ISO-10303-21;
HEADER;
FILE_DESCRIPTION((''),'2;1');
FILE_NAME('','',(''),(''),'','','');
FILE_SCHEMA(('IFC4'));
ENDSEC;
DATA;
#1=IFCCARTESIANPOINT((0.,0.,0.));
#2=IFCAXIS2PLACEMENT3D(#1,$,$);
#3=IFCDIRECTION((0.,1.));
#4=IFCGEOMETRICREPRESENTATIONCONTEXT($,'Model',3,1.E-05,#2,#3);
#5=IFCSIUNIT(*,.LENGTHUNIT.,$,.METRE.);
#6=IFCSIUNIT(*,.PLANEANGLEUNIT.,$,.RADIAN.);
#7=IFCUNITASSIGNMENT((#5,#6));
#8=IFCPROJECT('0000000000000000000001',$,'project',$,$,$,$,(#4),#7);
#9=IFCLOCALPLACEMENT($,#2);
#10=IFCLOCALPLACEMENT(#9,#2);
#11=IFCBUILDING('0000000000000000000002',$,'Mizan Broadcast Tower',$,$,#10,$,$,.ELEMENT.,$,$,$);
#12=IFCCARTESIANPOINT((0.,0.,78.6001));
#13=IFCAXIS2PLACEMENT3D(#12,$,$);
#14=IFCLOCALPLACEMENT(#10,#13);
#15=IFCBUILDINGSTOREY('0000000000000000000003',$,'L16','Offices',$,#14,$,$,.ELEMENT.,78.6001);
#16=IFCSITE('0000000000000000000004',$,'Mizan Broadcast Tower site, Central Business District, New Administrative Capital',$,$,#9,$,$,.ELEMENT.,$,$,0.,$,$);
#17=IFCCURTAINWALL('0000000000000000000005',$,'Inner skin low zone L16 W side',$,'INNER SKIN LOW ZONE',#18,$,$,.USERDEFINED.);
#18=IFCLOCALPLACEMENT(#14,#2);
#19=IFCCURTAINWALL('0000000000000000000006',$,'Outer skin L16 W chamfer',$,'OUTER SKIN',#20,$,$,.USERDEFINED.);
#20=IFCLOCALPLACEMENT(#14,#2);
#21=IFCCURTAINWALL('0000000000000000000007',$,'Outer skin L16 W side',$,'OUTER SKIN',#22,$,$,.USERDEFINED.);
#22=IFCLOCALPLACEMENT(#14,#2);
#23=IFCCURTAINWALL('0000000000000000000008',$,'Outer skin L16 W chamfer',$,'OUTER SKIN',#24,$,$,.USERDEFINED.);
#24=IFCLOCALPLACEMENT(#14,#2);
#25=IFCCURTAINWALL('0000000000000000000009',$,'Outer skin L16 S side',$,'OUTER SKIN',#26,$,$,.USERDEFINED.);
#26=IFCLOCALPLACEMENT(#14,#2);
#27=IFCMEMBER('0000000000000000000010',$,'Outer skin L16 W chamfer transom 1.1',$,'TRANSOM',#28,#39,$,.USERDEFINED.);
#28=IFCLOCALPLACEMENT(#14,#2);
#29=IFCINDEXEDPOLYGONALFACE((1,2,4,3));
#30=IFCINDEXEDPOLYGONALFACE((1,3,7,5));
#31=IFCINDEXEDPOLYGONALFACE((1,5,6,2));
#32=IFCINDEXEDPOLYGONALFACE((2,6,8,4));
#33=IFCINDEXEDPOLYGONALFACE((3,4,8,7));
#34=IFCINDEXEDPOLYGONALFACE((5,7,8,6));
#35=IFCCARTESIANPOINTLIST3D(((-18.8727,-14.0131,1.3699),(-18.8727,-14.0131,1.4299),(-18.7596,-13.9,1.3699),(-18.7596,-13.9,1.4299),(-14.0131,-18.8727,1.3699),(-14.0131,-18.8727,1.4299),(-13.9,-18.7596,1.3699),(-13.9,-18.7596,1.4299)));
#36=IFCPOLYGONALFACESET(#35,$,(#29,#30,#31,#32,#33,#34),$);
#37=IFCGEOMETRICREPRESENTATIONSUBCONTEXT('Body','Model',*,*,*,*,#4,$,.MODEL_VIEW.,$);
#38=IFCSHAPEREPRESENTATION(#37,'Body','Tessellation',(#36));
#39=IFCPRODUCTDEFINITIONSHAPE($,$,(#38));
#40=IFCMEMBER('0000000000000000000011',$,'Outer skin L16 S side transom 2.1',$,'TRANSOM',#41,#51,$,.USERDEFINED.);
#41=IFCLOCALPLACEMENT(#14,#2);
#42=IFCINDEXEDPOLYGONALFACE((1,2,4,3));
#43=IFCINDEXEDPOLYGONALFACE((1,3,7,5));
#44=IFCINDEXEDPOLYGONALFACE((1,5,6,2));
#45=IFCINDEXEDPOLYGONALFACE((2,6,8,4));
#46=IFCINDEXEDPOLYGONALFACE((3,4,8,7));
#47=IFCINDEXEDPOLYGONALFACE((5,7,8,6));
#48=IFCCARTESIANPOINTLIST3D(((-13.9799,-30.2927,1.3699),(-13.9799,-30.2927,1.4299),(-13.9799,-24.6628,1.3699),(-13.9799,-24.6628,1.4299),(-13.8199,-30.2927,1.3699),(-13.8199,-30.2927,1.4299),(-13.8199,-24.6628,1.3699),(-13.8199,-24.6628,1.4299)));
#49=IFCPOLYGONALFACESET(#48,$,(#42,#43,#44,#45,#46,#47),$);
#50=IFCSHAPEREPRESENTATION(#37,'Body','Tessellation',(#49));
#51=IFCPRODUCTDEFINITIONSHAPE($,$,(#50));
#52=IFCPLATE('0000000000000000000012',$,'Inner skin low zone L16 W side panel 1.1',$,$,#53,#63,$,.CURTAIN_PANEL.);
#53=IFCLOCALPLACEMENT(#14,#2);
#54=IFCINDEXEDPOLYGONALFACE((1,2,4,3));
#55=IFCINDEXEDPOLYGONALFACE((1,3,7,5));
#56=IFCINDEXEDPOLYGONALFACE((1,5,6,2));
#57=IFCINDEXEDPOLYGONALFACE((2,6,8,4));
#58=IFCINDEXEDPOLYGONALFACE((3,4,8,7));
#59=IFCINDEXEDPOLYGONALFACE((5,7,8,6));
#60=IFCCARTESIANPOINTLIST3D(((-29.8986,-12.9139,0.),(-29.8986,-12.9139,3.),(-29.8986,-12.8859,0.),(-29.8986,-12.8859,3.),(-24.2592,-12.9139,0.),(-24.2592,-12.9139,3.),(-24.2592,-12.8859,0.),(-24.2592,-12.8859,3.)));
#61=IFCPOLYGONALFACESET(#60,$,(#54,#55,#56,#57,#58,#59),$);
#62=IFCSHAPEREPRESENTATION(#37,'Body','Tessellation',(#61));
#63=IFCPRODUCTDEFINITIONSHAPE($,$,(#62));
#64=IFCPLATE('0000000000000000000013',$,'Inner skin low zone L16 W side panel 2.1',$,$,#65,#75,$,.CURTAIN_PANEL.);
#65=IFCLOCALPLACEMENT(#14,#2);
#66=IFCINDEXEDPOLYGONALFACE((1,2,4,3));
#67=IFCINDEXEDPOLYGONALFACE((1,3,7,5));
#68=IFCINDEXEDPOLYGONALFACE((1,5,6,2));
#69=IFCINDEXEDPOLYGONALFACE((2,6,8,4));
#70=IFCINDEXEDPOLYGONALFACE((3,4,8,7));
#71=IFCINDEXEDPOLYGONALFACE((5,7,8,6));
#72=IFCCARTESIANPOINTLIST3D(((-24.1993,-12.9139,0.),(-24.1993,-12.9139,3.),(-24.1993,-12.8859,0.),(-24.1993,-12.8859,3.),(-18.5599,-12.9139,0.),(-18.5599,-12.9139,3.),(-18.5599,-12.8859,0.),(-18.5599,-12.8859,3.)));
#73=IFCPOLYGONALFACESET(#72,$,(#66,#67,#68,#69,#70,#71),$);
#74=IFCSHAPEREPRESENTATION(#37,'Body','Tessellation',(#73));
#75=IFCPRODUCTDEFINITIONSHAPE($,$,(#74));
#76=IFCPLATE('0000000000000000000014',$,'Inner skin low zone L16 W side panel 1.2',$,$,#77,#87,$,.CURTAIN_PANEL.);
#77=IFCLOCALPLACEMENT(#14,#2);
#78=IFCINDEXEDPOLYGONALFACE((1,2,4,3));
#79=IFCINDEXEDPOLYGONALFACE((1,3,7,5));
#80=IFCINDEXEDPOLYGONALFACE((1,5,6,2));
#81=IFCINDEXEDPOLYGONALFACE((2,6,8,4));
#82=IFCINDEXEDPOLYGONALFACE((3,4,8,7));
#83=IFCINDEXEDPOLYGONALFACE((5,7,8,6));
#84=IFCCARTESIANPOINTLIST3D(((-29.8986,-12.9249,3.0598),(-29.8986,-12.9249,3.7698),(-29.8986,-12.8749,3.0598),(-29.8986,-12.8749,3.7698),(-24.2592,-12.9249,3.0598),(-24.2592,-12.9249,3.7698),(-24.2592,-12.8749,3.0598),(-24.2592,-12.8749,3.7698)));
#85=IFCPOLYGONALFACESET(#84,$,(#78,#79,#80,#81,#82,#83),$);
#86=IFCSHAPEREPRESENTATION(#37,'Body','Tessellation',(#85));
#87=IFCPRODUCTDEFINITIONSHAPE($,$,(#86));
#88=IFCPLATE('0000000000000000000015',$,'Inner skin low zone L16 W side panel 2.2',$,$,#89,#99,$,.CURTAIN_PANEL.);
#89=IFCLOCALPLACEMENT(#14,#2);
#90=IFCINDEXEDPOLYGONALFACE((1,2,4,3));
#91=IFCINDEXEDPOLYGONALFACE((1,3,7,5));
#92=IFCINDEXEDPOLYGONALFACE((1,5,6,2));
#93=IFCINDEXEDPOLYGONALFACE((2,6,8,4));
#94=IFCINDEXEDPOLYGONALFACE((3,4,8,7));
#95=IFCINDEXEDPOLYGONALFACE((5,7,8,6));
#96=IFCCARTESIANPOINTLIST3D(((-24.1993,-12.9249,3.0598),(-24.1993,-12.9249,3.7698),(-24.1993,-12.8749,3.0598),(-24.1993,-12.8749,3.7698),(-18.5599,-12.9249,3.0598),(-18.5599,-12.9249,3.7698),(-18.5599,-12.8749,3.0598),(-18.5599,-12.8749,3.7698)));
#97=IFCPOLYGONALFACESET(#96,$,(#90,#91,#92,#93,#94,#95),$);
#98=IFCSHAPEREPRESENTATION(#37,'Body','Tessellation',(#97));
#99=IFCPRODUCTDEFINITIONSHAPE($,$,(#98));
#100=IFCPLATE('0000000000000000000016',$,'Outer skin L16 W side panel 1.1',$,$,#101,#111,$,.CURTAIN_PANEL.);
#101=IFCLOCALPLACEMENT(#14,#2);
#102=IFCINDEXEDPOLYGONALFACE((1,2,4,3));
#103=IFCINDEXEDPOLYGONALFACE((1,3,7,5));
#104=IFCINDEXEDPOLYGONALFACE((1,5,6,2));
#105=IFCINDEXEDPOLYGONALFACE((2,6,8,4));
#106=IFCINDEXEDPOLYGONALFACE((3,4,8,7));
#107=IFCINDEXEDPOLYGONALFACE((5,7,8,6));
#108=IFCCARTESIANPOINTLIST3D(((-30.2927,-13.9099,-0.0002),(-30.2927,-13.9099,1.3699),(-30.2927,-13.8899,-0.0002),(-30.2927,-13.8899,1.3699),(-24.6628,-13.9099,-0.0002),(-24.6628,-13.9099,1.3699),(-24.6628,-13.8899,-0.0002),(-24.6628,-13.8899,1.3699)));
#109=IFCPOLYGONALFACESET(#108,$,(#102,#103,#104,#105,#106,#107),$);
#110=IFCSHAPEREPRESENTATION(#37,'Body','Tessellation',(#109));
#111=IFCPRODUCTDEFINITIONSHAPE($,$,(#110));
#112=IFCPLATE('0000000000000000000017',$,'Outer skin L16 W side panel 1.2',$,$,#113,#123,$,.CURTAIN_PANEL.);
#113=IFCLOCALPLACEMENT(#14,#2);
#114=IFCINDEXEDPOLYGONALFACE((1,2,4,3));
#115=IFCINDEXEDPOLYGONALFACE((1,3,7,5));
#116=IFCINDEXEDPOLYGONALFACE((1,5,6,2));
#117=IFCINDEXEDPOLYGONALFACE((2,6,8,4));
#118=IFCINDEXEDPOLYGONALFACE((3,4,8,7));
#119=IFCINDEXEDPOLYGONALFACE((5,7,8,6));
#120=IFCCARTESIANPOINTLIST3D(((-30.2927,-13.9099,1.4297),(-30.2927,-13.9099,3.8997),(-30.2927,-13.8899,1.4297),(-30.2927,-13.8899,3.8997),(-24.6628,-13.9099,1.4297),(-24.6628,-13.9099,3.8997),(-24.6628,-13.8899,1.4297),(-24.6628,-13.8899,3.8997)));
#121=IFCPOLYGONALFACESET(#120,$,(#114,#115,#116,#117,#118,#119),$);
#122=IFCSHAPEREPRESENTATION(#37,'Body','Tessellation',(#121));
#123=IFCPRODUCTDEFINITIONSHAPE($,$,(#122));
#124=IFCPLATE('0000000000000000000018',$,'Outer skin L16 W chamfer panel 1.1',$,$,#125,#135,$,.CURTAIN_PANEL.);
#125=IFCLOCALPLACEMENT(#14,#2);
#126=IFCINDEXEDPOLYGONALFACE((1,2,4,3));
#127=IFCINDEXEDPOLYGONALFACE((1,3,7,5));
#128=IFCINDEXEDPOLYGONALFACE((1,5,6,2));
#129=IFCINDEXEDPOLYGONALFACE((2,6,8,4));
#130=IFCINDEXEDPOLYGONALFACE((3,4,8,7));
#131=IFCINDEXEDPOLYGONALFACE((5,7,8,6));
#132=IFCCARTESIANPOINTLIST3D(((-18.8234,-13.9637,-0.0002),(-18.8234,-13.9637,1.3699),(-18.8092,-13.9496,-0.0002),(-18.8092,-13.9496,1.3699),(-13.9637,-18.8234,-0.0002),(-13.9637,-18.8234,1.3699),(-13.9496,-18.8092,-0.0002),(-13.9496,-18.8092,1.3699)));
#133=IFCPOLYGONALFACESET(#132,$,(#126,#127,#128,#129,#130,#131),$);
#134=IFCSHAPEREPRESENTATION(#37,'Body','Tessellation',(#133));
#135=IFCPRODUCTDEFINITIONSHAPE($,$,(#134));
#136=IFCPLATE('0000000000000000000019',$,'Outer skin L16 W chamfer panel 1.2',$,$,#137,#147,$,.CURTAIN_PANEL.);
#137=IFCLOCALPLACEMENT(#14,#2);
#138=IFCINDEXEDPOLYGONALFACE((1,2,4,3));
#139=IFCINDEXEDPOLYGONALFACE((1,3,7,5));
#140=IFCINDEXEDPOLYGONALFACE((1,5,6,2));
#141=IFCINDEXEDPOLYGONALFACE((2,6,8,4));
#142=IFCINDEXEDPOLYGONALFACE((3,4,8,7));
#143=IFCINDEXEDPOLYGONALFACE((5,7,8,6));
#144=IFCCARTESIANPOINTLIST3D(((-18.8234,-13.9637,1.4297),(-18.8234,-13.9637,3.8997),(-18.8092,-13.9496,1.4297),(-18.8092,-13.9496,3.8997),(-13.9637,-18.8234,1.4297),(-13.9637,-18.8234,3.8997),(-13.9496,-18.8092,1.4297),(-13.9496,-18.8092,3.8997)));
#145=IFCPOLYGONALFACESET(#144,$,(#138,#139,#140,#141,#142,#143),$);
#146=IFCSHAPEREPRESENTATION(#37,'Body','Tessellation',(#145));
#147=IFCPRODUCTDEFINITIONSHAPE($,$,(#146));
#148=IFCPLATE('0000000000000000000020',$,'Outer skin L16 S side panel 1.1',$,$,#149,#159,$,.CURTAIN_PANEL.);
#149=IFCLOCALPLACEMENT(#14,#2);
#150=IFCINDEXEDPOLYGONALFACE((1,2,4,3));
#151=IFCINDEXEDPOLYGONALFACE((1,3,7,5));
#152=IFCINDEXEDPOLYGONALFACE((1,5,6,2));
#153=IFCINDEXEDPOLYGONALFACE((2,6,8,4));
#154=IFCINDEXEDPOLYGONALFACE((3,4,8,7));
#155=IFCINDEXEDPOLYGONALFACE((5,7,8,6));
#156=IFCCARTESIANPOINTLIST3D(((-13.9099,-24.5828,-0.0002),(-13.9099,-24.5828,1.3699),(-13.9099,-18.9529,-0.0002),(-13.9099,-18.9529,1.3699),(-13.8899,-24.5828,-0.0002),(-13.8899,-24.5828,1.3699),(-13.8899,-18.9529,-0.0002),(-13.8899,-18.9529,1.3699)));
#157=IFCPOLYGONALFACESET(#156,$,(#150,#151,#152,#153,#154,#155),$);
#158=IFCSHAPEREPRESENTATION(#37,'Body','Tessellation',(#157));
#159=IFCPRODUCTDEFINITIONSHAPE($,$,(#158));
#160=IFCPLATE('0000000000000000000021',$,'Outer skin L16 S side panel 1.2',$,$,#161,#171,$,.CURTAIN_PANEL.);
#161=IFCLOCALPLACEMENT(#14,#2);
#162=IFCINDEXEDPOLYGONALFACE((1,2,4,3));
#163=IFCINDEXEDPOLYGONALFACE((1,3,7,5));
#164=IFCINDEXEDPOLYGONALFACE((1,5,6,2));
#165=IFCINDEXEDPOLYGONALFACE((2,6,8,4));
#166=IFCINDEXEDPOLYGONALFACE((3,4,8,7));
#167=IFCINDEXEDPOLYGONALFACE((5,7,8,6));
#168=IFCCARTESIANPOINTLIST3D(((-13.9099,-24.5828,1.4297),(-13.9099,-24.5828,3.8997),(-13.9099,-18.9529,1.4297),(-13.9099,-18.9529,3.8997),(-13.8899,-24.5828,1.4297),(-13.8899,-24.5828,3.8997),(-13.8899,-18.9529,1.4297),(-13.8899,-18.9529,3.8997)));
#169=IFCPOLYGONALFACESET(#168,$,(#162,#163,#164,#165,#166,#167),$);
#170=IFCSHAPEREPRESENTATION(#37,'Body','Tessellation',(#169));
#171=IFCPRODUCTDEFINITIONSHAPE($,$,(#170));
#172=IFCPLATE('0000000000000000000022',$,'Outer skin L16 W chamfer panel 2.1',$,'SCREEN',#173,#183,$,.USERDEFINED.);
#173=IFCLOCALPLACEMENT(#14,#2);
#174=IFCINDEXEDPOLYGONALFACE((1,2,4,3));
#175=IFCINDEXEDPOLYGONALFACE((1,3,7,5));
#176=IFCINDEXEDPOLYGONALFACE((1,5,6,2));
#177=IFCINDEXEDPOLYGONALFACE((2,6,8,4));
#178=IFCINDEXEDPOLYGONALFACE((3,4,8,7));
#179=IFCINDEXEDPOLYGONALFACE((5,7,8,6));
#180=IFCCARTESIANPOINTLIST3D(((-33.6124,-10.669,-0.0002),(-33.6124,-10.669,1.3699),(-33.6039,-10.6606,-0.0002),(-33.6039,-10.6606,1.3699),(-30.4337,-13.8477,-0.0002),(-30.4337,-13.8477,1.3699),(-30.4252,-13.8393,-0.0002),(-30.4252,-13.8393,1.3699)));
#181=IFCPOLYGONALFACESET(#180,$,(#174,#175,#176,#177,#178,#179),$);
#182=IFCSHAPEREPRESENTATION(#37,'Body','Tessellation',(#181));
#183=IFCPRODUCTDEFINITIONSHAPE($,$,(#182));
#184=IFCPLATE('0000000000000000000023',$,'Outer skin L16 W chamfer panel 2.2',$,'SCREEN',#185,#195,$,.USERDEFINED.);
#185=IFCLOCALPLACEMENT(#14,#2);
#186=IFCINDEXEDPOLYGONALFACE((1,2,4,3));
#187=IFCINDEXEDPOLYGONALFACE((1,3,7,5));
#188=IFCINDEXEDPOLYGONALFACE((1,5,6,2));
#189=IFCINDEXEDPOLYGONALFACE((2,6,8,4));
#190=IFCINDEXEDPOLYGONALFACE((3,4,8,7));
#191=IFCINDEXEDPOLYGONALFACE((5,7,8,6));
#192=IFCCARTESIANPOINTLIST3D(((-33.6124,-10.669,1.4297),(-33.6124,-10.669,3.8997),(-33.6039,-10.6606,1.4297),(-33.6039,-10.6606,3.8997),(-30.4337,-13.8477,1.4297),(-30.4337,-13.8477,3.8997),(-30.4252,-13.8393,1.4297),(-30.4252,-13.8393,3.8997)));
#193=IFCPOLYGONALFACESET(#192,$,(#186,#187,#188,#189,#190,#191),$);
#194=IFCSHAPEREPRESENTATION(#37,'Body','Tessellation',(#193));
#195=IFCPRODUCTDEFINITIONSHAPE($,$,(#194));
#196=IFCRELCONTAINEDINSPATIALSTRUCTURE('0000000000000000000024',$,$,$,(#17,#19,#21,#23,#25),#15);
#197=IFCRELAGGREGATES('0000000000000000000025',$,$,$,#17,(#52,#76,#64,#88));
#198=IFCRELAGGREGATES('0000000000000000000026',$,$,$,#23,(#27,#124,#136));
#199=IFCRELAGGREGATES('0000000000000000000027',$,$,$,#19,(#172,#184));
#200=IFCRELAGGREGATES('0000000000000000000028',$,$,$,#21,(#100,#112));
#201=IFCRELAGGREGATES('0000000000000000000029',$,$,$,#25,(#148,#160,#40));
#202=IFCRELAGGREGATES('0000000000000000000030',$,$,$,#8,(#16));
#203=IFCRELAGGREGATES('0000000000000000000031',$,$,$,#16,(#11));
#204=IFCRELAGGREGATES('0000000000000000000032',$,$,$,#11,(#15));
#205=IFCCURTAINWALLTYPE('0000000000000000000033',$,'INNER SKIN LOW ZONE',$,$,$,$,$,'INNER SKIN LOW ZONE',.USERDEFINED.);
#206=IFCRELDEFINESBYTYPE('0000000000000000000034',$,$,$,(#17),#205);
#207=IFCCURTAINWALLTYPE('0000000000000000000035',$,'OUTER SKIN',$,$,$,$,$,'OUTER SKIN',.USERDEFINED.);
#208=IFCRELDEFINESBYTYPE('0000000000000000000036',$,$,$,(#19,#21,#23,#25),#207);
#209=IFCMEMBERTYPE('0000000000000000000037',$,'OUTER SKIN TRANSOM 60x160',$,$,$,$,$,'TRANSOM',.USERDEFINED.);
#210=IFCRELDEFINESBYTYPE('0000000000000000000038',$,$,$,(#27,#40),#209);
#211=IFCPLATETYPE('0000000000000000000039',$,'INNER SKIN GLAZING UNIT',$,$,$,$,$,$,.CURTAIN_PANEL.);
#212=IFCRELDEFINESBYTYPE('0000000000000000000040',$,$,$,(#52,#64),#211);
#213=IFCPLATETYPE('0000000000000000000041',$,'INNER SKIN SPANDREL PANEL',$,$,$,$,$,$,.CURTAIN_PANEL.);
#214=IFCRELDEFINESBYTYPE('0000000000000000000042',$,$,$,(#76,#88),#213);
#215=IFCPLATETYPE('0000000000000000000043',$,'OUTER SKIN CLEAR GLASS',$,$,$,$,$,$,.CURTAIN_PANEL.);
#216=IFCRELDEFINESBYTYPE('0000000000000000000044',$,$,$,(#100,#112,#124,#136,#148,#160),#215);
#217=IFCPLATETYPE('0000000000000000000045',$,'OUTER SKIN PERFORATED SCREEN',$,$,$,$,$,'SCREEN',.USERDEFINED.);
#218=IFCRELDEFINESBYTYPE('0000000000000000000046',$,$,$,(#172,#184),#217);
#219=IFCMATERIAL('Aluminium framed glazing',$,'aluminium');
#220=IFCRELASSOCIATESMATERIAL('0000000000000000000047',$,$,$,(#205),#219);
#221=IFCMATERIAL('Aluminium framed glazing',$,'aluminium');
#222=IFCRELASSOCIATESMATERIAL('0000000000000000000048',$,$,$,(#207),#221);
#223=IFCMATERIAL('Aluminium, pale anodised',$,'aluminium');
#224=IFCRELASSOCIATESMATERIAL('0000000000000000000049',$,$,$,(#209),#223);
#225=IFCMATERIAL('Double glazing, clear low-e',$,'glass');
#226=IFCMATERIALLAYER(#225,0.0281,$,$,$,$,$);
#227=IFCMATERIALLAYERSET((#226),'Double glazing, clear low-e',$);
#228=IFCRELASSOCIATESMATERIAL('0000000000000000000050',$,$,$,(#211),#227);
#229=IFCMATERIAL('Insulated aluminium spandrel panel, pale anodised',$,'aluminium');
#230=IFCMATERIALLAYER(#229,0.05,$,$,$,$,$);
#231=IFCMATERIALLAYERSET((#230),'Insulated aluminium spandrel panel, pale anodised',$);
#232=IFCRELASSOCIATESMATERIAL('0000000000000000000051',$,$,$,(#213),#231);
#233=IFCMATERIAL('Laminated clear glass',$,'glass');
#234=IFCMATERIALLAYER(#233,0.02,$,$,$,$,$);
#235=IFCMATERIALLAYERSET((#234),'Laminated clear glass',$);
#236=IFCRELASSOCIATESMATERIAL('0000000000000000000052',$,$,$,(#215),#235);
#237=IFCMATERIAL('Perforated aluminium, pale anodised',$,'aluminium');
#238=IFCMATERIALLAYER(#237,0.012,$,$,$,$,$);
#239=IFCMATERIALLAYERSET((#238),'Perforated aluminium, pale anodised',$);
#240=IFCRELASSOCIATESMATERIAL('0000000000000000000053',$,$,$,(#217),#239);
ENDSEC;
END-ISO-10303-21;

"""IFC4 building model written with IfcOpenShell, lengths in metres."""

from ifc_helpers import new_model, si_unit, direction, frame, origin, origin_2d, place, context, subcontext, project, spatial, rectangle, extrude, material, layer, layer_set, material_profile, profile_set, type_object, element, aggregate, save


model = new_model("IFC4")

# Units and contexts
model_context = context("Model", 3, precision=1e-05, world=origin(), true_north=direction((0.0, 1.0)))
body_context = subcontext(model_context, "Body", "Model", "MODEL_VIEW")
ifc_project = project(units=[si_unit("LENGTHUNIT", "METRE"), si_unit("PLANEANGLEUNIT", "RADIAN")], contexts=[model_context])

# Site, building, storey
site_placement = place(None, origin())
site = spatial("IfcSite", under=ifc_project, at=site_placement, Name="Mizan Broadcast Tower site, Central Business District, New Administrative Capital", CompositionType="ELEMENT", RefElevation=0.0)
building_placement = place(site_placement, origin())
building = spatial("IfcBuilding", under=site, at=building_placement, Name="Mizan Broadcast Tower", CompositionType="ELEMENT")
storey_placement = place(building_placement, frame((0.0, 0.0, 78.6001)))
storey = spatial("IfcBuildingStorey", under=building, at=storey_placement, Name="L16", Description="Offices", CompositionType="ELEMENT", Elevation=78.6001)

# Shared definitions
ifc_material_1 = material(Name="Aluminium framed glazing", Category="aluminium")
curtain_wall_type_1 = type_object("IfcCurtainWallType", Name="INNER SKIN LOW ZONE", ElementType="INNER SKIN LOW ZONE", PredefinedType="USERDEFINED", material=ifc_material_1)

# Curtain wall
curtain_wall_1_placement = place(storey_placement, origin())
curtain_wall_1 = element("IfcCurtainWall", 1, at=curtain_wall_1_placement, inside=storey, type_object=curtain_wall_type_1, Name="Inner skin low zone L16 W side", ObjectType="INNER SKIN LOW ZONE", PredefinedType="USERDEFINED")

# Curtain wall
ifc_material_2 = material(Name="Aluminium framed glazing", Category="aluminium")
curtain_wall_type_2 = type_object("IfcCurtainWallType", Name="OUTER SKIN", ElementType="OUTER SKIN", PredefinedType="USERDEFINED", material=ifc_material_2)
curtain_wall_2_placement = place(storey_placement, origin())
curtain_wall_2 = element("IfcCurtainWall", 2, at=curtain_wall_2_placement, inside=storey, type_object=curtain_wall_type_2, Name="Outer skin L16 W chamfer", ObjectType="OUTER SKIN", PredefinedType="USERDEFINED")

# Curtain wall
curtain_wall_3_placement = place(storey_placement, origin())
curtain_wall_3 = element("IfcCurtainWall", 3, at=curtain_wall_3_placement, inside=storey, type_object=curtain_wall_type_2, Name="Outer skin L16 W side", ObjectType="OUTER SKIN", PredefinedType="USERDEFINED")

# Curtain wall
curtain_wall_4_placement = place(storey_placement, origin())
curtain_wall_4 = element("IfcCurtainWall", 4, at=curtain_wall_4_placement, inside=storey, type_object=curtain_wall_type_2, Name="Outer skin L16 W chamfer", ObjectType="OUTER SKIN", PredefinedType="USERDEFINED")

# Curtain wall
curtain_wall_5_placement = place(storey_placement, origin())
curtain_wall_5 = element("IfcCurtainWall", 5, at=curtain_wall_5_placement, inside=storey, type_object=curtain_wall_type_2, Name="Outer skin L16 S side", ObjectType="OUTER SKIN", PredefinedType="USERDEFINED")

# Members
ifc_material_3 = material(Name="Aluminium, pale anodised", Category="aluminium")
ifc_material_profile_1 = material_profile(ifc_material_3, rectangle(XDim=0.1599, YDim=0.0601, at=origin_2d()), Name="TRANSOM 160x60")
ifc_profile_set_1 = profile_set([ifc_material_profile_1], Name="Aluminium, pale anodised")
member_type_1 = type_object("IfcMemberType", Name="OUTER SKIN TRANSOM 60x160", ElementType="TRANSOM", PredefinedType="USERDEFINED", material=ifc_profile_set_1)
member_1_placement = place(storey_placement, frame((-18.8162, -13.9565, 1.3999), z_axis=(0.707107, -0.707107, 0.0), x_axis=(0.707107, 0.707107, 0.0)))
member_1 = element("IfcMember", 6, at=member_1_placement, type_object=member_type_1, Name="Outer skin L16 W chamfer transom 1.1", ObjectType="TRANSOM", PredefinedType="USERDEFINED", context=body_context, shape_type="SweptSolid", body=[
    extrude(rectangle(XDim=0.1599, YDim=0.0601, at=origin_2d()), origin(), (0.0, 0.0, 1.0), 6.8726),
])
member_2_placement = place(storey_placement, frame((-13.8999, -24.6628, 1.3999), z_axis=(0.0, -1.0, 0.0), x_axis=(1.0, 0.0, 0.0)))
member_2 = element("IfcMember", 7, at=member_2_placement, type_object=member_type_1, Name="Outer skin L16 S side transom 2.1", ObjectType="TRANSOM", PredefinedType="USERDEFINED", context=body_context, shape_type="SweptSolid", body=[
    extrude(rectangle(XDim=0.1599, YDim=0.0601, at=origin_2d()), origin(), (0.0, 0.0, 1.0), 5.6299),
])

# Plates
ifc_material_4 = material(Name="Double glazing, clear low-e", Category="glass")
ifc_layer_1 = layer(ifc_material_4, 0.0281)
ifc_layer_set_1 = layer_set([ifc_layer_1], Name="Double glazing, clear low-e")
plate_type_1 = type_object("IfcPlateType", Name="INNER SKIN GLAZING UNIT", PredefinedType="CURTAIN_PANEL", material=ifc_layer_set_1)
plate_1_placement = place(storey_placement, frame((-27.0789, -12.8999, 0.0), z_axis=(0.0, 0.0, 1.0), x_axis=(1.0, 0.0, 0.0)))
plate_1 = element("IfcPlate", 8, at=plate_1_placement, type_object=plate_type_1, Name="Inner skin low zone L16 W side panel 1.1", PredefinedType="CURTAIN_PANEL", context=body_context, shape_type="SweptSolid", body=[
    extrude(rectangle(XDim=5.6394, YDim=0.0281, at=origin_2d()), origin(), (0.0, 0.0, 1.0), 3.0),
])
plate_2_placement = place(storey_placement, frame((-21.3796, -12.8999, 0.0), z_axis=(0.0, 0.0, 1.0), x_axis=(1.0, 0.0, 0.0)))
plate_2 = element("IfcPlate", 9, at=plate_2_placement, type_object=plate_type_1, Name="Inner skin low zone L16 W side panel 2.1", PredefinedType="CURTAIN_PANEL", context=body_context, shape_type="SweptSolid", body=[
    extrude(rectangle(XDim=5.6394, YDim=0.0281, at=origin_2d()), origin(), (0.0, 0.0, 1.0), 3.0),
])
ifc_material_5 = material(Name="Insulated aluminium spandrel panel, pale anodised", Category="aluminium")
ifc_layer_2 = layer(ifc_material_5, 0.05)
ifc_layer_set_2 = layer_set([ifc_layer_2], Name="Insulated aluminium spandrel panel, pale anodised")
plate_type_2 = type_object("IfcPlateType", Name="INNER SKIN SPANDREL PANEL", PredefinedType="CURTAIN_PANEL", material=ifc_layer_set_2)
plate_3_placement = place(storey_placement, frame((-27.0789, -12.8999, 3.0598), z_axis=(0.0, 0.0, 1.0), x_axis=(1.0, 0.0, 0.0)))
plate_3 = element("IfcPlate", 10, at=plate_3_placement, type_object=plate_type_2, Name="Inner skin low zone L16 W side panel 1.2", PredefinedType="CURTAIN_PANEL", context=body_context, shape_type="SweptSolid", body=[
    extrude(rectangle(XDim=5.6394, YDim=0.05, at=origin_2d()), origin(), (0.0, 0.0, 1.0), 0.71),
])
plate_4_placement = place(storey_placement, frame((-21.3796, -12.8999, 3.0598), z_axis=(0.0, 0.0, 1.0), x_axis=(1.0, 0.0, 0.0)))
plate_4 = element("IfcPlate", 11, at=plate_4_placement, type_object=plate_type_2, Name="Inner skin low zone L16 W side panel 2.2", PredefinedType="CURTAIN_PANEL", context=body_context, shape_type="SweptSolid", body=[
    extrude(rectangle(XDim=5.6394, YDim=0.05, at=origin_2d()), origin(), (0.0, 0.0, 1.0), 0.71),
])
aggregate(curtain_wall_1, [plate_1, plate_3, plate_2, plate_4])
ifc_material_6 = material(Name="Laminated clear glass", Category="glass")
ifc_layer_3 = layer(ifc_material_6, 0.02)
ifc_layer_set_3 = layer_set([ifc_layer_3], Name="Laminated clear glass")
plate_type_3 = type_object("IfcPlateType", Name="OUTER SKIN CLEAR GLASS", PredefinedType="CURTAIN_PANEL", material=ifc_layer_set_3)
plate_5_placement = place(storey_placement, frame((-27.4778, -13.8999, -0.0002), z_axis=(0.0, 0.0, 1.0), x_axis=(1.0, 0.0, 0.0)))
plate_5 = element("IfcPlate", 12, at=plate_5_placement, type_object=plate_type_3, Name="Outer skin L16 W side panel 1.1", PredefinedType="CURTAIN_PANEL", context=body_context, shape_type="SweptSolid", body=[
    extrude(rectangle(XDim=5.6299, YDim=0.02, at=origin_2d()), origin(), (0.0, 0.0, 1.0), 1.3701),
])
plate_6_placement = place(storey_placement, frame((-27.4778, -13.8999, 1.4297), z_axis=(0.0, 0.0, 1.0), x_axis=(1.0, 0.0, 0.0)))
plate_6 = element("IfcPlate", 13, at=plate_6_placement, type_object=plate_type_3, Name="Outer skin L16 W side panel 1.2", PredefinedType="CURTAIN_PANEL", context=body_context, shape_type="SweptSolid", body=[
    extrude(rectangle(XDim=5.6299, YDim=0.02, at=origin_2d()), origin(), (0.0, 0.0, 1.0), 2.47),
])
plate_7_placement = place(storey_placement, frame((-16.3865, -16.3865, -0.0002), z_axis=(0.0, 0.0, 1.0), x_axis=(0.707107, -0.707107, 0.0)))
plate_7 = element("IfcPlate", 14, at=plate_7_placement, type_object=plate_type_3, Name="Outer skin L16 W chamfer panel 1.1", PredefinedType="CURTAIN_PANEL", context=body_context, shape_type="SweptSolid", body=[
    extrude(rectangle(XDim=6.8726, YDim=0.02, at=origin_2d()), origin(), (0.0, 0.0, 1.0), 1.3701),
])
plate_8_placement = place(storey_placement, frame((-16.3865, -16.3865, 1.4297), z_axis=(0.0, 0.0, 1.0), x_axis=(0.707107, -0.707107, 0.0)))
plate_8 = element("IfcPlate", 15, at=plate_8_placement, type_object=plate_type_3, Name="Outer skin L16 W chamfer panel 1.2", PredefinedType="CURTAIN_PANEL", context=body_context, shape_type="SweptSolid", body=[
    extrude(rectangle(XDim=6.8726, YDim=0.02, at=origin_2d()), origin(), (0.0, 0.0, 1.0), 2.47),
])
aggregate(curtain_wall_4, [member_1, plate_7, plate_8])
plate_9_placement = place(storey_placement, frame((-13.8999, -21.7678, -0.0002), z_axis=(0.0, 0.0, 1.0), x_axis=(0.0, -1.0, 0.0)))
plate_9 = element("IfcPlate", 16, at=plate_9_placement, type_object=plate_type_3, Name="Outer skin L16 S side panel 1.1", PredefinedType="CURTAIN_PANEL", context=body_context, shape_type="SweptSolid", body=[
    extrude(rectangle(XDim=5.6299, YDim=0.02, at=origin_2d()), origin(), (0.0, 0.0, 1.0), 1.3701),
])
plate_10_placement = place(storey_placement, frame((-13.8999, -21.7678, 1.4297), z_axis=(0.0, 0.0, 1.0), x_axis=(0.0, -1.0, 0.0)))
plate_10 = element("IfcPlate", 17, at=plate_10_placement, type_object=plate_type_3, Name="Outer skin L16 S side panel 1.2", PredefinedType="CURTAIN_PANEL", context=body_context, shape_type="SweptSolid", body=[
    extrude(rectangle(XDim=5.6299, YDim=0.02, at=origin_2d()), origin(), (0.0, 0.0, 1.0), 2.47),
])
ifc_material_7 = material(Name="Perforated aluminium, pale anodised", Category="aluminium")
ifc_layer_4 = layer(ifc_material_7, 0.012)
ifc_layer_set_4 = layer_set([ifc_layer_4], Name="Perforated aluminium, pale anodised")
plate_type_4 = type_object("IfcPlateType", Name="OUTER SKIN PERFORATED SCREEN", ElementType="SCREEN", PredefinedType="USERDEFINED", material=ifc_layer_set_4)
plate_11_placement = place(storey_placement, frame((-32.0188, -12.2542, -0.0002), z_axis=(0.0, 0.0, 1.0), x_axis=(0.707107, -0.707107, 0.0)))
plate_11 = element("IfcPlate", 18, at=plate_11_placement, type_object=plate_type_4, Name="Outer skin L16 W chamfer panel 2.1", ObjectType="SCREEN", PredefinedType="USERDEFINED", context=body_context, shape_type="SweptSolid", body=[
    extrude(rectangle(XDim=4.4954, YDim=0.012, at=origin_2d()), origin(), (0.0, 0.0, 1.0), 1.3701),
])
plate_12_placement = place(storey_placement, frame((-32.0188, -12.2542, 1.4297), z_axis=(0.0, 0.0, 1.0), x_axis=(0.707107, -0.707107, 0.0)))
plate_12 = element("IfcPlate", 19, at=plate_12_placement, type_object=plate_type_4, Name="Outer skin L16 W chamfer panel 2.2", ObjectType="SCREEN", PredefinedType="USERDEFINED", context=body_context, shape_type="SweptSolid", body=[
    extrude(rectangle(XDim=4.4954, YDim=0.012, at=origin_2d()), origin(), (0.0, 0.0, 1.0), 2.47),
])
aggregate(curtain_wall_2, [plate_11, plate_12])
aggregate(curtain_wall_3, [plate_5, plate_6])
aggregate(curtain_wall_5, [plate_9, plate_10, member_2])

save(model, "model.ifc")
